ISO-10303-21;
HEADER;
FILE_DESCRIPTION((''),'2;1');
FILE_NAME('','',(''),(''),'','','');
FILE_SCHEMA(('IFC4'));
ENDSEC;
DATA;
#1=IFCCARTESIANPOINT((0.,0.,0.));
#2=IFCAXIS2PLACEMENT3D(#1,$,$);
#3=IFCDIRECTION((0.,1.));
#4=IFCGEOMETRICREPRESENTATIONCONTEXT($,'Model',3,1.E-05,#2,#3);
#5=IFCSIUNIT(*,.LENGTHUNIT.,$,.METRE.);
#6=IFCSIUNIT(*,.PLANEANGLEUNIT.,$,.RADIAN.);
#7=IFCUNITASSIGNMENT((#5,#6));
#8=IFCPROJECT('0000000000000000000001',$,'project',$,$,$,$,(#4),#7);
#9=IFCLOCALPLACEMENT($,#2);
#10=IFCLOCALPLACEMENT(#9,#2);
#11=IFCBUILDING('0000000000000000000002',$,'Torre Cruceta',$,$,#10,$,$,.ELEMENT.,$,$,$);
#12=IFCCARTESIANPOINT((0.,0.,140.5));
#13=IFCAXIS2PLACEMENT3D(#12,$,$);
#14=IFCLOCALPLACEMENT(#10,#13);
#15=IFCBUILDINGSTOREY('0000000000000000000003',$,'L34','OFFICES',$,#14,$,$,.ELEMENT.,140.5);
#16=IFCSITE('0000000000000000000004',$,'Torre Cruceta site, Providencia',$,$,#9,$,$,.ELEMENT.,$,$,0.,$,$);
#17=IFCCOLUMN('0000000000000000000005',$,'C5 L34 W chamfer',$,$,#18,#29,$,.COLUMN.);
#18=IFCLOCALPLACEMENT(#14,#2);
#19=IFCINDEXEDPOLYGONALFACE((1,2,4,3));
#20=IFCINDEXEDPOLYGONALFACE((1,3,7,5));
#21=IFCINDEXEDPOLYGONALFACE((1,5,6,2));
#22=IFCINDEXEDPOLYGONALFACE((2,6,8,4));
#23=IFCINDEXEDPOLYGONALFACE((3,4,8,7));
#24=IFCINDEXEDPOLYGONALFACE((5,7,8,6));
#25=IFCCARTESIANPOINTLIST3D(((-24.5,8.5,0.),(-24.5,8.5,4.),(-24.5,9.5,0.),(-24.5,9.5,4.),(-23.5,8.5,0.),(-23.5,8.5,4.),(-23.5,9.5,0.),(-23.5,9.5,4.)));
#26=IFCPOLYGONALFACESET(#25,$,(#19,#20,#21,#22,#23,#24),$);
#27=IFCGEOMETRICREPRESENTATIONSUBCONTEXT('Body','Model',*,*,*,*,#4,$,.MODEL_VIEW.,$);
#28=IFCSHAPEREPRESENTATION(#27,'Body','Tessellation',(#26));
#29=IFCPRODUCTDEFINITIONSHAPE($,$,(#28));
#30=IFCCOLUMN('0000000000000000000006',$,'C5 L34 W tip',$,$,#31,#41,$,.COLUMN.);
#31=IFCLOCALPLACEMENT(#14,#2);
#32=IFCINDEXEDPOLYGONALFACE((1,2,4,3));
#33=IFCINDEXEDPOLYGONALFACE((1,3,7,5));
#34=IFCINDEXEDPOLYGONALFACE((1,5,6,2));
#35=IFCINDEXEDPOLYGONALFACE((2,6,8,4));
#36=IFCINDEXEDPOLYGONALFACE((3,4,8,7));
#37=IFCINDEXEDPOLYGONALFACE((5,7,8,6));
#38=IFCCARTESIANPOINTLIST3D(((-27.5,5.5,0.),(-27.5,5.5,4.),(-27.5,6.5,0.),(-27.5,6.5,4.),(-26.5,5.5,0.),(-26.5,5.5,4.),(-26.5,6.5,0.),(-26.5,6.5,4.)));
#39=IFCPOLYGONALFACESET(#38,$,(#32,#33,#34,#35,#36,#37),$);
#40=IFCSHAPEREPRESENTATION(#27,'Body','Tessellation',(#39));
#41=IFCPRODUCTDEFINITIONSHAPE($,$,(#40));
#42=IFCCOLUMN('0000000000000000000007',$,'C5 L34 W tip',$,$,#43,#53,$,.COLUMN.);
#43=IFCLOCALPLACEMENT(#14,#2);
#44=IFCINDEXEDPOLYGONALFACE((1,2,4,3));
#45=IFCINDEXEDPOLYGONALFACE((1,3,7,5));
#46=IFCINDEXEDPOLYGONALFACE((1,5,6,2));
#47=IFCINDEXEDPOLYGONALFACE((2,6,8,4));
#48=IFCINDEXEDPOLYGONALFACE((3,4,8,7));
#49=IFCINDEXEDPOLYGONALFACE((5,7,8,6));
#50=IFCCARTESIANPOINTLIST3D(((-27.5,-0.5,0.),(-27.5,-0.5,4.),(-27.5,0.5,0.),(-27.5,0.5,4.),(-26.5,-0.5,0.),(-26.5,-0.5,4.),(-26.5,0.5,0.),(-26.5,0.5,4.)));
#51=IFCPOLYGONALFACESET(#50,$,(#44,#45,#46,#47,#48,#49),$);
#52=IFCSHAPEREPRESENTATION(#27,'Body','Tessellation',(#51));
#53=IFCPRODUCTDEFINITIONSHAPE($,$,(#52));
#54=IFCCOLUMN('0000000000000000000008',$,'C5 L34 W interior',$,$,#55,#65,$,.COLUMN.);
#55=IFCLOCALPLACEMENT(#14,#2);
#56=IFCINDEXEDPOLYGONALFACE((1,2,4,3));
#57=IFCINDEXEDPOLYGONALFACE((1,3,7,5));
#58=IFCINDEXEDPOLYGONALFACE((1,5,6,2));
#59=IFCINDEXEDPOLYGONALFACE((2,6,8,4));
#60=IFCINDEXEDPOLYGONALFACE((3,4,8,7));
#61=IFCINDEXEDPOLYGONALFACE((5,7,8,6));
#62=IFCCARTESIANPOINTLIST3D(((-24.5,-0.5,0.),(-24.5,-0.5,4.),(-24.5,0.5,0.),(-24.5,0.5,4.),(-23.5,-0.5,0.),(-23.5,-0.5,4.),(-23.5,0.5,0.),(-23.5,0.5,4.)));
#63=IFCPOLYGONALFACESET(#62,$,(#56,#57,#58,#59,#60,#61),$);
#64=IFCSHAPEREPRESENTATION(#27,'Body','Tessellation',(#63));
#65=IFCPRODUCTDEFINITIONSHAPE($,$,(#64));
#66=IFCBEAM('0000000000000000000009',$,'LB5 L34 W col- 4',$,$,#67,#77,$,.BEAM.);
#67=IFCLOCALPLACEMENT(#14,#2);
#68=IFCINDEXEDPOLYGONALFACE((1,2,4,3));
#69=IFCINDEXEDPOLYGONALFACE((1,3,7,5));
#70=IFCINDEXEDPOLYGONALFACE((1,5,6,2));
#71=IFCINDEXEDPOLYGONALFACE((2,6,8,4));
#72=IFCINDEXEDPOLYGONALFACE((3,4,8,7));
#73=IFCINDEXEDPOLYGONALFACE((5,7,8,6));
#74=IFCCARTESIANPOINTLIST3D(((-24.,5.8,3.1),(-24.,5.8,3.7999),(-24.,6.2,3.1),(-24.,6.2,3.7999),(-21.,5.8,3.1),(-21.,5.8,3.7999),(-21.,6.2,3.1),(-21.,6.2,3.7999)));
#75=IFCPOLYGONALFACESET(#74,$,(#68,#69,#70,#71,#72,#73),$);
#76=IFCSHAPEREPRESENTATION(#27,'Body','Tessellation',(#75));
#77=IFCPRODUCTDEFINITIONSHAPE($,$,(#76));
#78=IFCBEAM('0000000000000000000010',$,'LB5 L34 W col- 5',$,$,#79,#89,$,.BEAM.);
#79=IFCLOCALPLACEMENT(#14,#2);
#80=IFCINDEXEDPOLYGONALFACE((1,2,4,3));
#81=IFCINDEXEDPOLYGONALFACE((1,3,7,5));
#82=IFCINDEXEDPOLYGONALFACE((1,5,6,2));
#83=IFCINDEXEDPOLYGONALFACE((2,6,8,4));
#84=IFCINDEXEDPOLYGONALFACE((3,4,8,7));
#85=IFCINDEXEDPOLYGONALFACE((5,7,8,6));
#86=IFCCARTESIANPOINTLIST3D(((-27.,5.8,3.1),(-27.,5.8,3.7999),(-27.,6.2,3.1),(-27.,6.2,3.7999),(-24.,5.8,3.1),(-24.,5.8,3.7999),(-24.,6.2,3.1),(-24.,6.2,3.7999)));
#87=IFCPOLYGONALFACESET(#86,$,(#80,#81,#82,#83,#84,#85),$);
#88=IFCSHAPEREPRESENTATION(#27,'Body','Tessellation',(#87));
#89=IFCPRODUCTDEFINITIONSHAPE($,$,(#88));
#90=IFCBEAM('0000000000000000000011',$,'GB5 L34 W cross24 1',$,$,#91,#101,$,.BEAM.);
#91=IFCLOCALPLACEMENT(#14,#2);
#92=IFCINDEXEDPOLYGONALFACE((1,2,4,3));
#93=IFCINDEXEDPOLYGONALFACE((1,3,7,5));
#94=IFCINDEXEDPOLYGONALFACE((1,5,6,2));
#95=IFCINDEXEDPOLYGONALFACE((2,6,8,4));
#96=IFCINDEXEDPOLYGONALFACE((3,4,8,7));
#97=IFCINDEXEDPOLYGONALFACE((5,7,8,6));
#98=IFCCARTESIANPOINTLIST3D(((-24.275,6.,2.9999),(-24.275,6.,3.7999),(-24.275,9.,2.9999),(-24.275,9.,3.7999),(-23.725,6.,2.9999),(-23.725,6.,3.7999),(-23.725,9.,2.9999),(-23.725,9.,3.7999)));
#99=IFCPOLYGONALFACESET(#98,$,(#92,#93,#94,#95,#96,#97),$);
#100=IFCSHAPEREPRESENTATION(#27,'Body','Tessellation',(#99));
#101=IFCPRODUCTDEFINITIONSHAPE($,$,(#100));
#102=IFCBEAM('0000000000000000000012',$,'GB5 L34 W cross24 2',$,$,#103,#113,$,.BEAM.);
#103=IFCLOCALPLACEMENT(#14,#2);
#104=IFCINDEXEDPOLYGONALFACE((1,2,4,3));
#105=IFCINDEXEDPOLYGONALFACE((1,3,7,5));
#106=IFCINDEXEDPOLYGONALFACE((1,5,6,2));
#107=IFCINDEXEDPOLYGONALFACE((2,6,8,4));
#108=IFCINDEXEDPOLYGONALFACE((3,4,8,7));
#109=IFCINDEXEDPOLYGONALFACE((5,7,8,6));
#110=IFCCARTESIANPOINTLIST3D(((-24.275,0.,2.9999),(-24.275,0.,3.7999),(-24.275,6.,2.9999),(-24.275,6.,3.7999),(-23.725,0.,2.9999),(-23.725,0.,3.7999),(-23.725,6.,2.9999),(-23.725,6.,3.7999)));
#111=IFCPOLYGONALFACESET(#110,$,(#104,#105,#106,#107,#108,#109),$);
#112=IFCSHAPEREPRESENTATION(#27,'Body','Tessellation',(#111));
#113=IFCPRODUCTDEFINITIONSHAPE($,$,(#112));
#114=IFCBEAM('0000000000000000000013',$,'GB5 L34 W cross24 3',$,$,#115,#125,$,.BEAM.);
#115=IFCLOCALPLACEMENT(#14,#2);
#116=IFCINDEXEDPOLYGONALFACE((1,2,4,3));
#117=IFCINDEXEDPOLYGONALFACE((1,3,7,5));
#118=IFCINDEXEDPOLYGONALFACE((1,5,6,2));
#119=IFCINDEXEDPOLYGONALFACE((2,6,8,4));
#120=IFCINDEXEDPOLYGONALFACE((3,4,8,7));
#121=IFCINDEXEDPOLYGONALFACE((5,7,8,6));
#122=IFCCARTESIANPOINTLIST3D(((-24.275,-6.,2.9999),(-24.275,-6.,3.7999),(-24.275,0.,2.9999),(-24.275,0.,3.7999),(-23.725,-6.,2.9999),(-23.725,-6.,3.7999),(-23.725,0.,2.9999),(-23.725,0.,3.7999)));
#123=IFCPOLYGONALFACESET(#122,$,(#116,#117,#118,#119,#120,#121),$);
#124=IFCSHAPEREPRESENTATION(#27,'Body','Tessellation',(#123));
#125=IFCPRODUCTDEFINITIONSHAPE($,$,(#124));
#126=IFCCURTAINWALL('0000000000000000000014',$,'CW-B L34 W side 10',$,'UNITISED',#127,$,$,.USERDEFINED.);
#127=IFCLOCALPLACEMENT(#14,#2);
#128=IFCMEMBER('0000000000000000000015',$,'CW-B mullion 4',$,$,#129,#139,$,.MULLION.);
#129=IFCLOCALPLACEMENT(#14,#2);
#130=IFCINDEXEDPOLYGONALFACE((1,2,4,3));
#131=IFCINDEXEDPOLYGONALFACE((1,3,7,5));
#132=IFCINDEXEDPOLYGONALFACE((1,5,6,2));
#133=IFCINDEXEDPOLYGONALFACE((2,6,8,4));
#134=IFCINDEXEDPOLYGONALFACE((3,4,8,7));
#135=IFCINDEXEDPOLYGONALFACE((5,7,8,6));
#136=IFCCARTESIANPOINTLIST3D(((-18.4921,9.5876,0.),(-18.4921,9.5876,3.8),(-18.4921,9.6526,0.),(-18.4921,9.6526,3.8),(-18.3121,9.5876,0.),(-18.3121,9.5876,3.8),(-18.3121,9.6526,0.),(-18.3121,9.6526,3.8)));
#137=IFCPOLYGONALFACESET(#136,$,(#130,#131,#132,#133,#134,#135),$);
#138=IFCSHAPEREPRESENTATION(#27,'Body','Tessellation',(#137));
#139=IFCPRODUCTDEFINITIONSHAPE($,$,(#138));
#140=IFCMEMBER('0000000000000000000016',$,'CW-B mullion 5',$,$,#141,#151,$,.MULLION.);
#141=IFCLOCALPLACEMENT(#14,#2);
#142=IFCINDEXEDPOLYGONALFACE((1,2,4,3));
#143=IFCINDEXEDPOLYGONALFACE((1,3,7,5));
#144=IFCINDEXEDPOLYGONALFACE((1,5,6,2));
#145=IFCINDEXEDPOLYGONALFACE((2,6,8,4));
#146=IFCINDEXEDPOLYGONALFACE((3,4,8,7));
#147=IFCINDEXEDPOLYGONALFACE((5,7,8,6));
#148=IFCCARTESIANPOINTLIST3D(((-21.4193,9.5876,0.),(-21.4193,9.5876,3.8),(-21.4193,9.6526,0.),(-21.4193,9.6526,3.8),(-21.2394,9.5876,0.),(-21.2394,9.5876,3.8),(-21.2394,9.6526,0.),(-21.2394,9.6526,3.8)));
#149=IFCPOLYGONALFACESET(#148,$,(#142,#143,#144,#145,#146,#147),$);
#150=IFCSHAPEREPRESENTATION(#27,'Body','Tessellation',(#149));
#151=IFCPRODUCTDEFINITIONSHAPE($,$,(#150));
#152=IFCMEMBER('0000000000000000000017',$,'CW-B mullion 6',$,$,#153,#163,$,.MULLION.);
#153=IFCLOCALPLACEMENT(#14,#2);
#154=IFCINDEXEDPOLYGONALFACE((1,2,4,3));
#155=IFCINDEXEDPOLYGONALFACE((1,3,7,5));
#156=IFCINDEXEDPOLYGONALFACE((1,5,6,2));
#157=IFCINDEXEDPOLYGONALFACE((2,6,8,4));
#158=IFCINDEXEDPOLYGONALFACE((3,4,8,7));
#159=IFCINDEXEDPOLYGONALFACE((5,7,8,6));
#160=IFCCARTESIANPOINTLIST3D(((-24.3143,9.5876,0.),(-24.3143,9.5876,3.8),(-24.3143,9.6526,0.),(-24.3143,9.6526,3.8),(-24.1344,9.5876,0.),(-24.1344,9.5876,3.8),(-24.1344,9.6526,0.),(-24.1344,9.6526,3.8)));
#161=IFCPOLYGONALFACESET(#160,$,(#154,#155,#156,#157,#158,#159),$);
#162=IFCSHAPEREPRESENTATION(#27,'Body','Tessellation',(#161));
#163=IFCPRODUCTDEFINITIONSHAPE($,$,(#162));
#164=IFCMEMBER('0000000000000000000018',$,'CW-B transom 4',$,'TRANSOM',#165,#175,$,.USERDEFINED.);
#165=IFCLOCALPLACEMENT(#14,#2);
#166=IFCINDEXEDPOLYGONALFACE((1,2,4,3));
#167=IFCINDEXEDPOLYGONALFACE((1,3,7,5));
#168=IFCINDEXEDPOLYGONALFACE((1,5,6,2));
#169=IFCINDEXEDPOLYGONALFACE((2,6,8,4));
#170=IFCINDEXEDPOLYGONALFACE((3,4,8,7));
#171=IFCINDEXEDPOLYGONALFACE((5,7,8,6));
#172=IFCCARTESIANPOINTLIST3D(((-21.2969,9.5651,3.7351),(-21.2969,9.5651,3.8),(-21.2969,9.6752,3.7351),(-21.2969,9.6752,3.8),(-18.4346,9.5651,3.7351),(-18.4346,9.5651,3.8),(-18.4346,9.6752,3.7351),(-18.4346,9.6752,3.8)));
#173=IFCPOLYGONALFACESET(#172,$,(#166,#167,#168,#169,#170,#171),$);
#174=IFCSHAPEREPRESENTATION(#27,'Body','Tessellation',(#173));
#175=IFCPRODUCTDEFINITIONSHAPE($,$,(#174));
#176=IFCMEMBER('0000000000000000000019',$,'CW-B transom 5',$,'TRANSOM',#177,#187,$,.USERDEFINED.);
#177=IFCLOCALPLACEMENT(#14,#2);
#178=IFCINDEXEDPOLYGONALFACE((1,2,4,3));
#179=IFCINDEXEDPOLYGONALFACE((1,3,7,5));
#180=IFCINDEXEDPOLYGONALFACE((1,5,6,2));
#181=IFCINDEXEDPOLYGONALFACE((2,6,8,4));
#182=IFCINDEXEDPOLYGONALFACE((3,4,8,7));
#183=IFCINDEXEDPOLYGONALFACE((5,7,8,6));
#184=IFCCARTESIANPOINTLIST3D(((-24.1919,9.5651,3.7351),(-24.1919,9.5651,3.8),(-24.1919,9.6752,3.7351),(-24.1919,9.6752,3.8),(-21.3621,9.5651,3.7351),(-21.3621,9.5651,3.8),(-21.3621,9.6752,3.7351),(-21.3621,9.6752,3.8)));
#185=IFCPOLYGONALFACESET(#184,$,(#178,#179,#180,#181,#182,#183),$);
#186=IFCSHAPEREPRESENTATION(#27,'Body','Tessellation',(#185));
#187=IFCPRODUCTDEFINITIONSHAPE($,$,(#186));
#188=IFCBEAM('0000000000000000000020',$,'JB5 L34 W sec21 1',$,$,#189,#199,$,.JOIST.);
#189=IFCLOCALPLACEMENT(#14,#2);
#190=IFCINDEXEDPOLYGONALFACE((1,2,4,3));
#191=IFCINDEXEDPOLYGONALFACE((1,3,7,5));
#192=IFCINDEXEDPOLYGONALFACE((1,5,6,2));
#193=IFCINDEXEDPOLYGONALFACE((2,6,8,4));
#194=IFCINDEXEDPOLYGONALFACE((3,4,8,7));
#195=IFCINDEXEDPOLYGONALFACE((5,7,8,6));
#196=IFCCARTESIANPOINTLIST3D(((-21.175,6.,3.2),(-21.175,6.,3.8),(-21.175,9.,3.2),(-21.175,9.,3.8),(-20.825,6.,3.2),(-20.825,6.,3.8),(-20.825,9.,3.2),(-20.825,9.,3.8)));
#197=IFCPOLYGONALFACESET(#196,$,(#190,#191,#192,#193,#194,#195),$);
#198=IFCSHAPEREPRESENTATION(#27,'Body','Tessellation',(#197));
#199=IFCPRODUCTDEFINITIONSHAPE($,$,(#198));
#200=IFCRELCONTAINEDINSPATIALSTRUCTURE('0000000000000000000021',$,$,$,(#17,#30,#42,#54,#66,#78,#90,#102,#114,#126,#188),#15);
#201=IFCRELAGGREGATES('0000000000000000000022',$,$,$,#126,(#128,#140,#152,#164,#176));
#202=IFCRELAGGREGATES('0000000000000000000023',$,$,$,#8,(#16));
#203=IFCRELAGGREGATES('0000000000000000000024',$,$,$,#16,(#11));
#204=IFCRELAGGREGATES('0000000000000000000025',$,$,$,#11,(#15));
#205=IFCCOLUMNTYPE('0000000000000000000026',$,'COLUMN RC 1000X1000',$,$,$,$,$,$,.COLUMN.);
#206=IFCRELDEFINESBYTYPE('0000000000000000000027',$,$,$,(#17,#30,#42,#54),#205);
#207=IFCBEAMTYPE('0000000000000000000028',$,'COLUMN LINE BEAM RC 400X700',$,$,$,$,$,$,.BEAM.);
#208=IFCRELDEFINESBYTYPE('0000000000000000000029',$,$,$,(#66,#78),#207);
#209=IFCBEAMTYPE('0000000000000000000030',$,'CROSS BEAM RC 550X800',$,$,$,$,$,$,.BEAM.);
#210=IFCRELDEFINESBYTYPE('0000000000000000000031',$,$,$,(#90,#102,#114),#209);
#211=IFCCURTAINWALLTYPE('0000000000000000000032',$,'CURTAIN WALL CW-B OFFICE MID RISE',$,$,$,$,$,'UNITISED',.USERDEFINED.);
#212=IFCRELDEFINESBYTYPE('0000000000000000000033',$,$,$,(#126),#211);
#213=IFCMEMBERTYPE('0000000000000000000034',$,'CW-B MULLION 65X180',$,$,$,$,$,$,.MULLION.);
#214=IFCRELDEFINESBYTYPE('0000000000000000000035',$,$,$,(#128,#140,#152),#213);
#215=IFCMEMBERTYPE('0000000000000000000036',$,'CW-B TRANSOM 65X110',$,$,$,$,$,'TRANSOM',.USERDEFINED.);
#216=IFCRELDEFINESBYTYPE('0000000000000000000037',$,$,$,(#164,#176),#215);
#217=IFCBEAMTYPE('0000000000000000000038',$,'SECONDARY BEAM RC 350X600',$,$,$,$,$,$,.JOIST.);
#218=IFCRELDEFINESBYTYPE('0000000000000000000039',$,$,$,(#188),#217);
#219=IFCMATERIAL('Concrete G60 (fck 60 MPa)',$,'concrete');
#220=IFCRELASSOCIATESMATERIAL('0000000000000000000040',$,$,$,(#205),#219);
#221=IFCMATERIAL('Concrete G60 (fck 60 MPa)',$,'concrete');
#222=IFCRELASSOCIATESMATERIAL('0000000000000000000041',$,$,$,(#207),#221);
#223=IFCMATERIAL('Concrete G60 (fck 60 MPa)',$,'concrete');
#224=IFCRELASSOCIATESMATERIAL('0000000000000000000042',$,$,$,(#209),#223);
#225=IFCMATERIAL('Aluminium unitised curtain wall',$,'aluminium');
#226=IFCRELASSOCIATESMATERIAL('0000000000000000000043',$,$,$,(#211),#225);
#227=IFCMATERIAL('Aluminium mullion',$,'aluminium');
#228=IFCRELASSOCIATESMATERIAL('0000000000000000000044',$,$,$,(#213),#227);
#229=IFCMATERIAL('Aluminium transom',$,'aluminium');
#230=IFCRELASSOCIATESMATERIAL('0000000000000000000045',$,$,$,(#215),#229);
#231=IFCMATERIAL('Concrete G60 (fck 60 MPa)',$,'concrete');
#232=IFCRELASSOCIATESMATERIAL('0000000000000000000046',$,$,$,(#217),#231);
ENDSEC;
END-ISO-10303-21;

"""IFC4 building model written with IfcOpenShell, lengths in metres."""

from ifc_helpers import new_model, si_unit, direction, frame, origin, origin_2d, place, context, subcontext, project, spatial, rectangle, extrude, material, material_profile, profile_set, type_object, element, aggregate, save


model = new_model("IFC4")

# Units and contexts
model_context = context("Model", 3, precision=1e-05, world=origin(), true_north=direction((0.0, 1.0)))
body_context = subcontext(model_context, "Body", "Model", "MODEL_VIEW")
ifc_project = project(units=[si_unit("LENGTHUNIT", "METRE"), si_unit("PLANEANGLEUNIT", "RADIAN")], contexts=[model_context])

# Site, building, storey
site_placement = place(None, origin())
site = spatial("IfcSite", under=ifc_project, at=site_placement, Name="Torre Cruceta site, Providencia", CompositionType="ELEMENT", RefElevation=0.0)
building_placement = place(site_placement, origin())
building = spatial("IfcBuilding", under=site, at=building_placement, Name="Torre Cruceta", CompositionType="ELEMENT")
storey_placement = place(building_placement, frame((0.0, 0.0, 140.5)))
storey = spatial("IfcBuildingStorey", under=building, at=storey_placement, Name="L34", Description="OFFICES", CompositionType="ELEMENT", Elevation=140.5)

# Columns
ifc_material_1 = material(Name="Concrete G60 (fck 60 MPa)", Category="concrete")
ifc_material_profile_1 = material_profile(ifc_material_1, rectangle(XDim=1.0, YDim=1.0, at=origin_2d()), Name="RC 1000X1000")
ifc_profile_set_1 = profile_set([ifc_material_profile_1], Name="Concrete G60 (fck 60 MPa)")
column_type = type_object("IfcColumnType", Name="COLUMN RC 1000X1000", PredefinedType="COLUMN", material=ifc_profile_set_1)
for number, where, z_axis, x_axis, name in (
    (1, (-24.0, 9.0, 0.0), (0.0, 0.0, 1.0), (1.0, 0.0, 0.0), "C5 L34 W chamfer"),
    (2, (-27.0, 6.0, 0.0), (0.0, 0.0, 1.0), (1.0, 0.0, 0.0), "C5 L34 W tip"),
    (3, (-27.0, 0.0, 0.0), (0.0, 0.0, 1.0), (1.0, 0.0, 0.0), "C5 L34 W tip"),
    (4, (-24.0, 0.0, 0.0), (0.0, 0.0, 1.0), (1.0, 0.0, 0.0), "C5 L34 W interior"),
):
    element("IfcColumn", number, at=place(storey_placement, frame(where, z_axis=z_axis, x_axis=x_axis)), inside=storey, type_object=column_type, Name=name, PredefinedType="COLUMN", context=body_context, shape_type="SweptSolid", body=[
        extrude(rectangle(XDim=1.0, YDim=1.0, at=origin_2d()), origin(), (0.0, 0.0, 1.0), 4.0),
    ])

# Beams
ifc_material_2 = material(Name="Concrete G60 (fck 60 MPa)", Category="concrete")
ifc_material_profile_2 = material_profile(ifc_material_2, rectangle(XDim=0.3999, YDim=0.7, at=origin_2d()), Name="RC 400X700")
ifc_profile_set_2 = profile_set([ifc_material_profile_2], Name="Concrete G60 (fck 60 MPa)")
beam_type_1 = type_object("IfcBeamType", Name="COLUMN LINE BEAM RC 400X700", PredefinedType="BEAM", material=ifc_profile_set_2)
for number, where, z_axis, x_axis, name in (
    (5, (-21.0, 6.0, 3.45), (-1.0, 0.0, 0.0), (0.0, -1.0, 0.0), "LB5 L34 W col- 4"),
    (6, (-24.0, 6.0, 3.45), (-1.0, 0.0, 0.0), (0.0, -1.0, 0.0), "LB5 L34 W col- 5"),
):
    element("IfcBeam", number, at=place(storey_placement, frame(where, z_axis=z_axis, x_axis=x_axis)), inside=storey, type_object=beam_type_1, Name=name, PredefinedType="BEAM", context=body_context, shape_type="SweptSolid", body=[
        extrude(rectangle(XDim=0.3999, YDim=0.7, at=origin_2d()), origin(), (0.0, 0.0, 1.0), 3.0),
    ])
ifc_material_3 = material(Name="Concrete G60 (fck 60 MPa)", Category="concrete")
ifc_material_profile_3 = material_profile(ifc_material_3, rectangle(XDim=0.55, YDim=0.8, at=origin_2d()), Name="RC 550X800")
ifc_profile_set_3 = profile_set([ifc_material_profile_3], Name="Concrete G60 (fck 60 MPa)")
beam_type_2 = type_object("IfcBeamType", Name="CROSS BEAM RC 550X800", PredefinedType="BEAM", material=ifc_profile_set_3)
beam_1_placement = place(storey_placement, frame((-24.0, 9.0, 3.3999), z_axis=(0.0, -1.0, 0.0), x_axis=(1.0, 0.0, 0.0)))
element("IfcBeam", 7, at=beam_1_placement, inside=storey, type_object=beam_type_2, Name="GB5 L34 W cross24 1", PredefinedType="BEAM", context=body_context, shape_type="SweptSolid", body=[
    extrude(rectangle(XDim=0.55, YDim=0.8, at=origin_2d()), origin(), (0.0, 0.0, 1.0), 3.0),
])
for number, where, z_axis, x_axis, name in (
    (8, (-24.0, 6.0, 3.3999), (0.0, -1.0, 0.0), (1.0, 0.0, 0.0), "GB5 L34 W cross24 2"),
    (9, (-24.0, 0.0, 3.3999), (0.0, -1.0, 0.0), (1.0, 0.0, 0.0), "GB5 L34 W cross24 3"),
):
    element("IfcBeam", number, at=place(storey_placement, frame(where, z_axis=z_axis, x_axis=x_axis)), inside=storey, type_object=beam_type_2, Name=name, PredefinedType="BEAM", context=body_context, shape_type="SweptSolid", body=[
        extrude(rectangle(XDim=0.55, YDim=0.8, at=origin_2d()), origin(), (0.0, 0.0, 1.0), 6.0),
    ])

# Curtain wall, members
ifc_material_4 = material(Name="Aluminium unitised curtain wall", Category="aluminium")
curtain_wall_type = type_object("IfcCurtainWallType", Name="CURTAIN WALL CW-B OFFICE MID RISE", ElementType="UNITISED", PredefinedType="USERDEFINED", material=ifc_material_4)
curtain_wall_placement = place(storey_placement, origin())
curtain_wall = element("IfcCurtainWall", 10, at=curtain_wall_placement, inside=storey, type_object=curtain_wall_type, Name="CW-B L34 W side 10", ObjectType="UNITISED", PredefinedType="USERDEFINED")
ifc_material_5 = material(Name="Aluminium mullion", Category="aluminium")
ifc_material_profile_4 = material_profile(ifc_material_5, rectangle(XDim=0.0649, YDim=0.1799, at=origin_2d()), Name="AL 65X180")
ifc_profile_set_4 = profile_set([ifc_material_profile_4], Name="Aluminium mullion")
member_type_1 = type_object("IfcMemberType", Name="CW-B MULLION 65X180", PredefinedType="MULLION", material=ifc_profile_set_4)
member_1_placement = place(storey_placement, frame((-18.4021, 9.6201, 0.0), z_axis=(0.0, 0.0, 1.0), x_axis=(0.0, -1.0, 0.0)))
member_1 = element("IfcMember", 11, at=member_1_placement, type_object=member_type_1, Name="CW-B mullion 4", PredefinedType="MULLION", context=body_context, shape_type="SweptSolid", body=[
    extrude(rectangle(XDim=0.0649, YDim=0.1799, at=origin_2d()), origin(), (0.0, 0.0, 1.0), 3.8),
])
member_2_placement = place(storey_placement, frame((-21.3293, 9.6201, 0.0), z_axis=(0.0, 0.0, 1.0), x_axis=(0.0, -1.0, 0.0)))
member_2 = element("IfcMember", 12, at=member_2_placement, type_object=member_type_1, Name="CW-B mullion 5", PredefinedType="MULLION", context=body_context, shape_type="SweptSolid", body=[
    extrude(rectangle(XDim=0.0649, YDim=0.1799, at=origin_2d()), origin(), (0.0, 0.0, 1.0), 3.8),
])
member_3_placement = place(storey_placement, frame((-24.2244, 9.6201, 0.0), z_axis=(0.0, 0.0, 1.0), x_axis=(0.0, -1.0, 0.0)))
member_3 = element("IfcMember", 13, at=member_3_placement, type_object=member_type_1, Name="CW-B mullion 6", PredefinedType="MULLION", context=body_context, shape_type="SweptSolid", body=[
    extrude(rectangle(XDim=0.0649, YDim=0.1799, at=origin_2d()), origin(), (0.0, 0.0, 1.0), 3.8),
])
ifc_material_6 = material(Name="Aluminium transom", Category="aluminium")
ifc_material_profile_5 = material_profile(ifc_material_6, rectangle(XDim=0.1101, YDim=0.0649, at=origin_2d()), Name="AL 110X65")
ifc_profile_set_5 = profile_set([ifc_material_profile_5], Name="Aluminium transom")
member_type_2 = type_object("IfcMemberType", Name="CW-B TRANSOM 65X110", ElementType="TRANSOM", PredefinedType="USERDEFINED", material=ifc_profile_set_5)
member_4_placement = place(storey_placement, frame((-18.4346, 9.6201, 3.7676), z_axis=(-1.0, 0.0, 0.0), x_axis=(0.0, -1.0, 0.0)))
member_4 = element("IfcMember", 14, at=member_4_placement, type_object=member_type_2, Name="CW-B transom 4", ObjectType="TRANSOM", PredefinedType="USERDEFINED", context=body_context, shape_type="SweptSolid", body=[
    extrude(rectangle(XDim=0.1101, YDim=0.0649, at=origin_2d()), origin(), (0.0, 0.0, 1.0), 2.8623),
])
member_5_placement = place(storey_placement, frame((-21.3621, 9.6201, 3.7676), z_axis=(-1.0, 0.0, 0.0), x_axis=(0.0, -1.0, 0.0)))
member_5 = element("IfcMember", 15, at=member_5_placement, type_object=member_type_2, Name="CW-B transom 5", ObjectType="TRANSOM", PredefinedType="USERDEFINED", context=body_context, shape_type="SweptSolid", body=[
    extrude(rectangle(XDim=0.1101, YDim=0.0649, at=origin_2d()), origin(), (0.0, 0.0, 1.0), 2.8298),
])

# Beam
ifc_material_7 = material(Name="Concrete G60 (fck 60 MPa)", Category="concrete")
ifc_material_profile_6 = material_profile(ifc_material_7, rectangle(XDim=0.3501, YDim=0.6001, at=origin_2d()), Name="RC 350X600")
ifc_profile_set_6 = profile_set([ifc_material_profile_6], Name="Concrete G60 (fck 60 MPa)")
beam_type_3 = type_object("IfcBeamType", Name="SECONDARY BEAM RC 350X600", PredefinedType="JOIST", material=ifc_profile_set_6)
beam_2_placement = place(storey_placement, frame((-21.0, 9.0, 3.5), z_axis=(0.0, -1.0, 0.0), x_axis=(1.0, 0.0, 0.0)))
element("IfcBeam", 16, at=beam_2_placement, inside=storey, type_object=beam_type_3, Name="JB5 L34 W sec21 1", PredefinedType="JOIST", context=body_context, shape_type="SweptSolid", body=[
    extrude(rectangle(XDim=0.3501, YDim=0.6001, at=origin_2d()), origin(), (0.0, 0.0, 1.0), 3.0),
])

aggregate(curtain_wall, [member_1, member_2, member_3, member_4, member_5])

save(model, "model.ifc")
